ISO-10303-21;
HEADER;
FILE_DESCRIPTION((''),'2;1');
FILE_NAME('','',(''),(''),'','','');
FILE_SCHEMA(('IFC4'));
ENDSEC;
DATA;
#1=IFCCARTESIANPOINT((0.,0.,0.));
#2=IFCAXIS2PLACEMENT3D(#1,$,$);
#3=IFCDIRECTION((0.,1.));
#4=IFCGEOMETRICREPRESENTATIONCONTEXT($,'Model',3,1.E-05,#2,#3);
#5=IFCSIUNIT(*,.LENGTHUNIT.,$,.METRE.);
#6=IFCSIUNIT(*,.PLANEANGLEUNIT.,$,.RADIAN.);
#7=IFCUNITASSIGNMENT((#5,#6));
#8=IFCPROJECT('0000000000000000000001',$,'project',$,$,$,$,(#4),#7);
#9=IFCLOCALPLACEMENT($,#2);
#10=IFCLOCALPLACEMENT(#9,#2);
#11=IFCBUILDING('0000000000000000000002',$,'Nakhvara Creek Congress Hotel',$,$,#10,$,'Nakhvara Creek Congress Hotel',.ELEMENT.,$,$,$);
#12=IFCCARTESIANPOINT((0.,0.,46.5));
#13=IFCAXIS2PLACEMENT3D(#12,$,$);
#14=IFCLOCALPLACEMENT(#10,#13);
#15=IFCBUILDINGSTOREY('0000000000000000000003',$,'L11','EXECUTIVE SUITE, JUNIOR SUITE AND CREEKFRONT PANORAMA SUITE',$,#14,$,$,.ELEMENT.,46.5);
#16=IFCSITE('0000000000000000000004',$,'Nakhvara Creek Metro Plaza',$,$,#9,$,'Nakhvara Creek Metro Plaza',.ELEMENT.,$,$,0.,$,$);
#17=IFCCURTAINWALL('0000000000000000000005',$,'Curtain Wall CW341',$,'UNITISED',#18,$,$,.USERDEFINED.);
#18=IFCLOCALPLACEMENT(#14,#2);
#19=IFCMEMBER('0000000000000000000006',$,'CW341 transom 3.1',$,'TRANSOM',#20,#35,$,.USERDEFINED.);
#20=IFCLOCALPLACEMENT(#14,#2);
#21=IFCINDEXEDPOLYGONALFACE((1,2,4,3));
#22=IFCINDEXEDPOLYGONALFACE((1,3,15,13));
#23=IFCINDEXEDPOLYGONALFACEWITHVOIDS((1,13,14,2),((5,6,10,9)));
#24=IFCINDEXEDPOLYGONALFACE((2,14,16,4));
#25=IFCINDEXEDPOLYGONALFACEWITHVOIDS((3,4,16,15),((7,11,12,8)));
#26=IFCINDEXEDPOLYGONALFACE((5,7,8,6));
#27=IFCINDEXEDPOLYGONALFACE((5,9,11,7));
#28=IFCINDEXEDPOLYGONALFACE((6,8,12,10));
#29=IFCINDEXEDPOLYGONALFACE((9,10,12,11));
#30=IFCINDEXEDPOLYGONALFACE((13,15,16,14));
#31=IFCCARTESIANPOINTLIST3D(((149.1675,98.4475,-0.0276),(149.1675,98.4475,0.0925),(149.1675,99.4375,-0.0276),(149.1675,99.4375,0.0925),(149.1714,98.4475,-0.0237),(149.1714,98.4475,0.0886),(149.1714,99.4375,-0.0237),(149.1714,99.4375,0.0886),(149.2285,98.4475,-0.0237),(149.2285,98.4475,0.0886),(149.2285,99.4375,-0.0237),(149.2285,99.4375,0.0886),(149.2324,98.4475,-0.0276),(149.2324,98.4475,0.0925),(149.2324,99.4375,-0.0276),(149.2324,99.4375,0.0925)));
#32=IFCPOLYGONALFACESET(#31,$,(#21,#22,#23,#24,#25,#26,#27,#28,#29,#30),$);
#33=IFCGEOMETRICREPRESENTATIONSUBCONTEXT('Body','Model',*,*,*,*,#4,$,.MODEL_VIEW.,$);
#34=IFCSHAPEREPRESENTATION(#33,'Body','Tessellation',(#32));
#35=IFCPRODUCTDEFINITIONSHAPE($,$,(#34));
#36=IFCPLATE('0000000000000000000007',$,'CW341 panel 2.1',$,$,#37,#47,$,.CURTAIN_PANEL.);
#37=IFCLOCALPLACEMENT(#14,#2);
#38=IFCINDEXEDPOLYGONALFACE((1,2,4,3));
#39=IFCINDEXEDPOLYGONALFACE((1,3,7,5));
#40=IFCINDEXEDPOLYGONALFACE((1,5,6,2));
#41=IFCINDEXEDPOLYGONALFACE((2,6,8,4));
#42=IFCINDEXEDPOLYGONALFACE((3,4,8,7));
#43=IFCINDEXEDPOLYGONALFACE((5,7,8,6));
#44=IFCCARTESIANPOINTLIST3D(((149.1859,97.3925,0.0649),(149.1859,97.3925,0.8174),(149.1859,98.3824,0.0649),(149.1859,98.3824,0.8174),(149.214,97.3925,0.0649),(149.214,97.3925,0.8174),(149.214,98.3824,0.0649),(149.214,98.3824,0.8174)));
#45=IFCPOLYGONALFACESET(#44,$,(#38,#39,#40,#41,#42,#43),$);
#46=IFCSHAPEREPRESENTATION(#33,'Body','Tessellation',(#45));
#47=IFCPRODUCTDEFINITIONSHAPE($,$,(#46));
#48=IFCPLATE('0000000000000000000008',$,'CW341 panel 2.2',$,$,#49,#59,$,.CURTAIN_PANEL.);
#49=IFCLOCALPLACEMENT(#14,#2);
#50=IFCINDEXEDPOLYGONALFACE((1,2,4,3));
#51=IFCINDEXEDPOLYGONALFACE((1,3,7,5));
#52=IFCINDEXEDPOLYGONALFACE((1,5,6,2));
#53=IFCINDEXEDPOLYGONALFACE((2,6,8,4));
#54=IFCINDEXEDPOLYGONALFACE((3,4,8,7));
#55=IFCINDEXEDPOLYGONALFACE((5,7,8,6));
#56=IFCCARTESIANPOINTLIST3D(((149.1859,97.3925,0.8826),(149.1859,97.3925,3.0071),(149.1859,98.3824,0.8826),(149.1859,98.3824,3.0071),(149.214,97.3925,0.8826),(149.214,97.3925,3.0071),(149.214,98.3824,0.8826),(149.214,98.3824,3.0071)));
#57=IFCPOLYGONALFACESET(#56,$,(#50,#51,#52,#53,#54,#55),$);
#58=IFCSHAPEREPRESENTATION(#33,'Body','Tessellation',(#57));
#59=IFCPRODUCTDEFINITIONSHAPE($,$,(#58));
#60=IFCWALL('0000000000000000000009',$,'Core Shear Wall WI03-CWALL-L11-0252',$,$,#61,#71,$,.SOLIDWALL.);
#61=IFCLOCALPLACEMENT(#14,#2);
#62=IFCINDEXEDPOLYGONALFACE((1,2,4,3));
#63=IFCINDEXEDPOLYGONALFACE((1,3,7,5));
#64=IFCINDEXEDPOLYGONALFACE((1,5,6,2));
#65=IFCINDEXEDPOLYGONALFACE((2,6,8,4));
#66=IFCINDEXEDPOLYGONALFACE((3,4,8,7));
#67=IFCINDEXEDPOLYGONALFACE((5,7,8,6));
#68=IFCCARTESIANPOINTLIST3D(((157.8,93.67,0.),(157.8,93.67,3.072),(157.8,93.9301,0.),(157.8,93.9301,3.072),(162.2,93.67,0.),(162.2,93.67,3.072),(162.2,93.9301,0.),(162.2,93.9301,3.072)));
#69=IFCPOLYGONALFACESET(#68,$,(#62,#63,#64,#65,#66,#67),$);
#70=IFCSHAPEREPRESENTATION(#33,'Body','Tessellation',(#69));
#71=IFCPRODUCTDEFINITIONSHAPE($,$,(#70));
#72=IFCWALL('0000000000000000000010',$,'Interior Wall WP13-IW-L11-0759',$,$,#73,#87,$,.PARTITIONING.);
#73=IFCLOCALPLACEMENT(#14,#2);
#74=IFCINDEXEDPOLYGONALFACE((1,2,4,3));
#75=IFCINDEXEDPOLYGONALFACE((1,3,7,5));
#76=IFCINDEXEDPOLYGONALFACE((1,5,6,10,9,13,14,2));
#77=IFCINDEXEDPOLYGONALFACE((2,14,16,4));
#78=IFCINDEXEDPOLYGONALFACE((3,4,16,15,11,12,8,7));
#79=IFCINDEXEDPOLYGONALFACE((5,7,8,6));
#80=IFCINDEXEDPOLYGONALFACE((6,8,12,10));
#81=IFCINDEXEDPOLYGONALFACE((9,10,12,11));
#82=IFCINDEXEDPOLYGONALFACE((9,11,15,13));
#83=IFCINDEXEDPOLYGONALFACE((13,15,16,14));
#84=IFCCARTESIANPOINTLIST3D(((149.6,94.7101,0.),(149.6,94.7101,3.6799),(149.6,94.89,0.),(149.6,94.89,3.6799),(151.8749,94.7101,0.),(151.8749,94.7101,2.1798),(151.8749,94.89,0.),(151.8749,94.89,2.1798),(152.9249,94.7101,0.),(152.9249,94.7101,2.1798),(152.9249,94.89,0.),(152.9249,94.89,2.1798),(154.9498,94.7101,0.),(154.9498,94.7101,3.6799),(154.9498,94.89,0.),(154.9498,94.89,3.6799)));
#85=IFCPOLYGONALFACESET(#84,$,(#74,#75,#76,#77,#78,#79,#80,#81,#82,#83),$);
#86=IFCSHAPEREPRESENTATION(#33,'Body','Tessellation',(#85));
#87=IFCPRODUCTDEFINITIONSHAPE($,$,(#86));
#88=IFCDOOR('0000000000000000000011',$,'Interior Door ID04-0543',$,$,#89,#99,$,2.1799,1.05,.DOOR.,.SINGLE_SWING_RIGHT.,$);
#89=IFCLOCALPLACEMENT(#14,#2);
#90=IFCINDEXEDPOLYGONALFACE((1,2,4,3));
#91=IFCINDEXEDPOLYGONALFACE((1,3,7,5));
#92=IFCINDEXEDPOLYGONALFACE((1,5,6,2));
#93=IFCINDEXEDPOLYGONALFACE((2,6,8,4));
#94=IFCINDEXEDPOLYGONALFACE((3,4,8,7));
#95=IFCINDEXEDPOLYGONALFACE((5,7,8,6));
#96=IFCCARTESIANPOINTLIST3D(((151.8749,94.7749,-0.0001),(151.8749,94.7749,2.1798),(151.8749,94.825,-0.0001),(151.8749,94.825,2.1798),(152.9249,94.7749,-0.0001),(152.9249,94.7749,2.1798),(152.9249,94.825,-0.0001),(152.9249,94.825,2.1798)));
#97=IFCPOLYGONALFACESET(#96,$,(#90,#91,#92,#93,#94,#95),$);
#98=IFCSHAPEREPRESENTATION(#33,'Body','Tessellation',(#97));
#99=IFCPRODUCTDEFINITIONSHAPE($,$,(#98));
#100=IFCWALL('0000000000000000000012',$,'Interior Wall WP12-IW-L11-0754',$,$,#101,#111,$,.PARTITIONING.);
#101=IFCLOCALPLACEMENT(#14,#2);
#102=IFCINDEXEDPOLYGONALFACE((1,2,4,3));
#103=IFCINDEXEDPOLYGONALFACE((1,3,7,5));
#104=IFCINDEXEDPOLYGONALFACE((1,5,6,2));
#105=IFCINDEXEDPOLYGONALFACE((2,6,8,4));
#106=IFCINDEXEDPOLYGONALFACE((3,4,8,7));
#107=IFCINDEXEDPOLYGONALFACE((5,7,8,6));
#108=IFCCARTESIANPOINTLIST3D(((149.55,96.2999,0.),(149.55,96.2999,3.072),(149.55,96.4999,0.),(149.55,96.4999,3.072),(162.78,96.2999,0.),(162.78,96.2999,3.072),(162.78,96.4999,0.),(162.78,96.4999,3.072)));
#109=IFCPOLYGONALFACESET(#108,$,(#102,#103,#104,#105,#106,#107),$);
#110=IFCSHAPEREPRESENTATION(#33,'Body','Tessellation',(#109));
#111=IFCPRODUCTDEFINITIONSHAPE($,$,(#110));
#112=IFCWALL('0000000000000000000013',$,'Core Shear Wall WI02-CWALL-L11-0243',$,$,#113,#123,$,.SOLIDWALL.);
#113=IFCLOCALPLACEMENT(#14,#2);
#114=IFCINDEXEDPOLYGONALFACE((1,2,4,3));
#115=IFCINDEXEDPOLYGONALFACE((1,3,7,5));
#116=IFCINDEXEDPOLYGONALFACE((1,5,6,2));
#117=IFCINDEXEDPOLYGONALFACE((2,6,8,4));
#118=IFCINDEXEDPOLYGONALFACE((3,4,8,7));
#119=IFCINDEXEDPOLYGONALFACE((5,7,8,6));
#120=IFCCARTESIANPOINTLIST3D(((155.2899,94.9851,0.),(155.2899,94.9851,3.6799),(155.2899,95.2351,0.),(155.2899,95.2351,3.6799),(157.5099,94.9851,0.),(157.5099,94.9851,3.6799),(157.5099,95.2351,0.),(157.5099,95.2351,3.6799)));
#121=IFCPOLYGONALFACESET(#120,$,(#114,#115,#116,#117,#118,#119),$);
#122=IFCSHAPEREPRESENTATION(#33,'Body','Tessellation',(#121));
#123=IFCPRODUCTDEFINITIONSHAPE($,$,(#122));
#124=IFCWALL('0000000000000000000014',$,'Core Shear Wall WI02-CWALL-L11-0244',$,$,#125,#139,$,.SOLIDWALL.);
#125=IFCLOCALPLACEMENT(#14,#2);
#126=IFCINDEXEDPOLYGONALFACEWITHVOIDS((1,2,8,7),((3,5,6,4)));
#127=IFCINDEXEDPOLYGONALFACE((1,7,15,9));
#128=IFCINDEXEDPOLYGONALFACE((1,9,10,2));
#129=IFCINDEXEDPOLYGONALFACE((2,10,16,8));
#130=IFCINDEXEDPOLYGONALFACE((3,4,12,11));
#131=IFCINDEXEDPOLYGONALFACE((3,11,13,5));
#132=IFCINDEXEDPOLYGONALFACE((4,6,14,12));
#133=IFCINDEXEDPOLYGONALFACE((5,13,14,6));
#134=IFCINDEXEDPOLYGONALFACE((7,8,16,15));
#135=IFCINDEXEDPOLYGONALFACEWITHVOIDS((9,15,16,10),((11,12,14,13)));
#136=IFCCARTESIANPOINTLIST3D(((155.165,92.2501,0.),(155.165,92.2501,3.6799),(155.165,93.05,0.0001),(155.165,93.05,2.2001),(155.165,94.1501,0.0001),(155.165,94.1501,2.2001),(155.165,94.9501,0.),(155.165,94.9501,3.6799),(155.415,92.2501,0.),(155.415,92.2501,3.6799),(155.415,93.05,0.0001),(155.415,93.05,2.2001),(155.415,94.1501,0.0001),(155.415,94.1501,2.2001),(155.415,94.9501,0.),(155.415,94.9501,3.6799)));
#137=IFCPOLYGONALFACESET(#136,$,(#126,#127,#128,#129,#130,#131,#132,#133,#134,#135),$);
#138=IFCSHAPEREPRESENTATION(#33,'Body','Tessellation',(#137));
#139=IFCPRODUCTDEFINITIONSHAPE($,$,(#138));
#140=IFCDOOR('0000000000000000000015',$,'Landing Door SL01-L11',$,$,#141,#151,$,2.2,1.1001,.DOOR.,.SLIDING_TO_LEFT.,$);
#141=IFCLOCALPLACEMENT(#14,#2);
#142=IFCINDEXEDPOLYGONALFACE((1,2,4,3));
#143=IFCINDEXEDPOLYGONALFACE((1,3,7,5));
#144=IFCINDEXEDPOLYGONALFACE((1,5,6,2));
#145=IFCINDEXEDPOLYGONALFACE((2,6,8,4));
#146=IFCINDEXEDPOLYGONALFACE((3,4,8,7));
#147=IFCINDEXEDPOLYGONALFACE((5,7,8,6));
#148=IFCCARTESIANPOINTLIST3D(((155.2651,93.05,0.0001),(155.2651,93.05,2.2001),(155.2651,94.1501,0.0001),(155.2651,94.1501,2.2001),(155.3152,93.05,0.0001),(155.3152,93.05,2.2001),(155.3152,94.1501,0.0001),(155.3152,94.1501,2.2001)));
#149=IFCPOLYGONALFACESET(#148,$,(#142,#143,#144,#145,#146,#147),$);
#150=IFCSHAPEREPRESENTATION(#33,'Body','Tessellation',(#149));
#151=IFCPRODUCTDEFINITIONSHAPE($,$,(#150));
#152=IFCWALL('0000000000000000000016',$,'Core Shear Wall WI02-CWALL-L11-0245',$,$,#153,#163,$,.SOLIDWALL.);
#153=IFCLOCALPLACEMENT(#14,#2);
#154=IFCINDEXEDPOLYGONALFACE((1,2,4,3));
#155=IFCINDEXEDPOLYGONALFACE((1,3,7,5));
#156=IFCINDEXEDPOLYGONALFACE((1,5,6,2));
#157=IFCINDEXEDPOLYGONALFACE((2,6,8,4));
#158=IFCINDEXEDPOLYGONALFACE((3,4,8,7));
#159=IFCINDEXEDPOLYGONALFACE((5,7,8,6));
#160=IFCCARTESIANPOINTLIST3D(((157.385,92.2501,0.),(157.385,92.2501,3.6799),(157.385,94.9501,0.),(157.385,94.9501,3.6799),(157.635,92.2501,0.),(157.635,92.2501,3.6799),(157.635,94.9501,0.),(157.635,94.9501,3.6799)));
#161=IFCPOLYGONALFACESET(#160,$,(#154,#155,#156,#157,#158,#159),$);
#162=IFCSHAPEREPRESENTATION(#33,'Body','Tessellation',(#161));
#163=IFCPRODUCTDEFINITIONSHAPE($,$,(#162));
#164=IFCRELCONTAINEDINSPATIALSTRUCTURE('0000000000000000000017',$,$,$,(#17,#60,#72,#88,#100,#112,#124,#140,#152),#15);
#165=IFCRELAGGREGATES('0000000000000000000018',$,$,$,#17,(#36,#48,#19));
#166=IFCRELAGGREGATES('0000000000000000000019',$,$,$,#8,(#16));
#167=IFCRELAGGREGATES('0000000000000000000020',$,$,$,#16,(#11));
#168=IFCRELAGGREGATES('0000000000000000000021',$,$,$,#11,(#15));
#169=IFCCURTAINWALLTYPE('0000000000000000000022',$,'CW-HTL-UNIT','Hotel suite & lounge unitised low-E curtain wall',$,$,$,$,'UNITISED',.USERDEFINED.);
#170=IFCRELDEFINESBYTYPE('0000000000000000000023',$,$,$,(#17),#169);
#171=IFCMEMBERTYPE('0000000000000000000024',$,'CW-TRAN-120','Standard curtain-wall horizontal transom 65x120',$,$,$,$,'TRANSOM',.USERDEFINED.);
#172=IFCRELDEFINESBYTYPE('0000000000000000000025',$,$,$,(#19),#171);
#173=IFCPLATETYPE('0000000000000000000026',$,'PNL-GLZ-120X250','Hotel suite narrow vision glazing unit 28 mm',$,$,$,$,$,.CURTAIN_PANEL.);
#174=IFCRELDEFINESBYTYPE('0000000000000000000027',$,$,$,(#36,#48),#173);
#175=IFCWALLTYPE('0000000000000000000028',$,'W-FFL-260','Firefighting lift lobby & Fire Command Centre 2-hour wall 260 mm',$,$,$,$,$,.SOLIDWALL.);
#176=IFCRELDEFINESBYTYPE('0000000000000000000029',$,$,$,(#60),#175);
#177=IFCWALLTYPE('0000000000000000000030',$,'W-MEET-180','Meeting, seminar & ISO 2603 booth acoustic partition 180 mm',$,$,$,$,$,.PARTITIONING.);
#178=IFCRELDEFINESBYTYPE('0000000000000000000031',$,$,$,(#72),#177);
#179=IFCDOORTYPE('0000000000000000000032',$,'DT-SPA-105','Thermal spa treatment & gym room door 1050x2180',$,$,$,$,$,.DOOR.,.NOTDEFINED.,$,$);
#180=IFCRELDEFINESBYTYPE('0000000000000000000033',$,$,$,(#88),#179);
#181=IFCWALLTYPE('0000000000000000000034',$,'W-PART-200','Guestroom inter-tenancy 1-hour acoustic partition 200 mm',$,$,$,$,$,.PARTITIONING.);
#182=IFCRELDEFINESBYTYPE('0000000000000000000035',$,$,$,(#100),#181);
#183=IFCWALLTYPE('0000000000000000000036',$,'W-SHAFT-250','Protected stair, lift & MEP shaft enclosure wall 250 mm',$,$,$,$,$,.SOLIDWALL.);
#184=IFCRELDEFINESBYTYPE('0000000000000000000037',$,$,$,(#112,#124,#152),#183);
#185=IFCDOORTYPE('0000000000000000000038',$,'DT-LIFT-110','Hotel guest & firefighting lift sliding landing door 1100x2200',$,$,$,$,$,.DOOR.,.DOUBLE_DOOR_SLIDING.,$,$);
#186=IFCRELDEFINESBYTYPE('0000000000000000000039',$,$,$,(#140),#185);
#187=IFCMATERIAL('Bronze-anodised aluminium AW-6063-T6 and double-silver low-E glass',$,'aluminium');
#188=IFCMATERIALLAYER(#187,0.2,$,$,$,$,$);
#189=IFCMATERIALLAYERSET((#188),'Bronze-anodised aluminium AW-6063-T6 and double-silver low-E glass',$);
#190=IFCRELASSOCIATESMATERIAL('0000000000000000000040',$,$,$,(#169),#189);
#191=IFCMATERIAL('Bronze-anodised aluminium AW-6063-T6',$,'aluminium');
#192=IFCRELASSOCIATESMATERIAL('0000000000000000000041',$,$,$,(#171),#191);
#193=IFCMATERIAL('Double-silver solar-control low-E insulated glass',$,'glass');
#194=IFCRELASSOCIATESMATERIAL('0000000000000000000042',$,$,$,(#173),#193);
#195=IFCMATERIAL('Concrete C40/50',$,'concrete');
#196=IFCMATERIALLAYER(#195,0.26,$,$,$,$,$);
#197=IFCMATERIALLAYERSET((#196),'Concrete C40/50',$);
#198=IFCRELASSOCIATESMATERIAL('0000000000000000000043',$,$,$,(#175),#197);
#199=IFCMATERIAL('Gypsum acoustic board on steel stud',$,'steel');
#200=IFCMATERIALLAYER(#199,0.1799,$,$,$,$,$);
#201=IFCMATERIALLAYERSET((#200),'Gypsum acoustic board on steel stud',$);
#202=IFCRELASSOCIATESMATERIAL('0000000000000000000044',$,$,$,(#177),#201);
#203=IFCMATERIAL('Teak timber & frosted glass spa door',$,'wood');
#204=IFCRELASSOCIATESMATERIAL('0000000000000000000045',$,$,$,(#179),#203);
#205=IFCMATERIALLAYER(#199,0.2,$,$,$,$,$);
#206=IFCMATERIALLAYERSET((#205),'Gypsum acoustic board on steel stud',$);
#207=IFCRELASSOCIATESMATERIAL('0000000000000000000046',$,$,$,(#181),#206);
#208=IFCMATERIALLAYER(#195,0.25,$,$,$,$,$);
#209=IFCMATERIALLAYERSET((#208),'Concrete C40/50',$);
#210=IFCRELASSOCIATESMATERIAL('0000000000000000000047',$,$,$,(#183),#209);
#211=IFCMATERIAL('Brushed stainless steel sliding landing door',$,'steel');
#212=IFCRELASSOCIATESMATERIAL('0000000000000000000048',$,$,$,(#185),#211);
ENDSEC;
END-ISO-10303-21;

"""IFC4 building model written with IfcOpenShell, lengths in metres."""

from ifc_helpers import new_model, si_unit, direction, frame, frame_2d, origin, origin_2d, place, context, subcontext, project, spatial, rectangle, hollow_rectangle, extrude, material, layer, layer_set, material_profile, profile_set, type_object, element, fill, aggregate, save


model = new_model("IFC4")

# Units and contexts
model_context = context("Model", 3, precision=1e-05, world=origin(), true_north=direction((0.0, 1.0)))
body_context = subcontext(model_context, "Body", "Model", "MODEL_VIEW")
ifc_project = project(units=[si_unit("LENGTHUNIT", "METRE"), si_unit("PLANEANGLEUNIT", "RADIAN")], contexts=[model_context])

# Site, building, storey
site_placement = place(None, origin())
site = spatial("IfcSite", under=ifc_project, at=site_placement, Name="Nakhvara Creek Metro Plaza", LongName="Nakhvara Creek Metro Plaza", CompositionType="ELEMENT", RefElevation=0.0)
building_placement = place(site_placement, origin())
building = spatial("IfcBuilding", under=site, at=building_placement, Name="Nakhvara Creek Congress Hotel", LongName="Nakhvara Creek Congress Hotel", CompositionType="ELEMENT")
storey_placement = place(building_placement, frame((0.0, 0.0, 46.5)))
storey = spatial("IfcBuildingStorey", under=building, at=storey_placement, Name="L11", Description="EXECUTIVE SUITE, JUNIOR SUITE AND CREEKFRONT PANORAMA SUITE", CompositionType="ELEMENT", Elevation=46.5)

# Shared definitions
ifc_material_1 = material(Name="Concrete C40/50", Category="concrete")

# Curtain wall, member, plates
ifc_material_2 = material(Name="Bronze-anodised aluminium AW-6063-T6 and double-silver low-E glass", Category="aluminium")
ifc_layer_1 = layer(ifc_material_2, 0.2)
ifc_layer_set_1 = layer_set([ifc_layer_1], Name="Bronze-anodised aluminium AW-6063-T6 and double-silver low-E glass")
curtain_wall_type = type_object("IfcCurtainWallType", Name="CW-HTL-UNIT", Description="Hotel suite & lounge unitised low-E curtain wall", ElementType="UNITISED", PredefinedType="USERDEFINED", material=ifc_layer_set_1)
curtain_wall_placement = place(storey_placement, origin())
curtain_wall = element("IfcCurtainWall", 1, at=curtain_wall_placement, inside=storey, type_object=curtain_wall_type, Name="Curtain Wall CW341", ObjectType="UNITISED", PredefinedType="USERDEFINED")
ifc_material_3 = material(Name="Bronze-anodised aluminium AW-6063-T6", Category="aluminium")
ifc_material_profile_1 = material_profile(ifc_material_3, hollow_rectangle(XDim=0.0649, YDim=0.1201, WallThickness=0.0039, at=origin_2d()), Name="ALU-TRAN 65x120x4", Category="LoadBearing")
ifc_profile_set_1 = profile_set([ifc_material_profile_1], Name="Bronze-anodised aluminium AW-6063-T6")
member_type = type_object("IfcMemberType", Name="CW-TRAN-120", Description="Standard curtain-wall horizontal transom 65x120", ElementType="TRANSOM", PredefinedType="USERDEFINED", material=ifc_profile_set_1)
member_1_placement = place(storey_placement, frame((149.2, 98.4475, 0.0325), z_axis=(0.0, 1.0, 0.0), x_axis=(-1.0, 0.0, 0.0)))
member_1 = element("IfcMember", 2, at=member_1_placement, type_object=member_type, Name="CW341 transom 3.1", ObjectType="TRANSOM", PredefinedType="USERDEFINED", context=body_context, shape_type="SweptSolid", body=[
    extrude(hollow_rectangle(XDim=0.0649, YDim=0.1201, WallThickness=0.0039, at=origin_2d()), origin(), (0.0, 0.0, 1.0), 0.99),
])
ifc_material_4 = material(Name="Double-silver solar-control low-E insulated glass", Category="glass")
plate_type = type_object("IfcPlateType", Name="PNL-GLZ-120X250", Description="Hotel suite narrow vision glazing unit 28 mm", PredefinedType="CURTAIN_PANEL", material=ifc_material_4)
plate_1_placement = place(storey_placement, frame((149.2, 97.8875, 0.0649), z_axis=(0.0, 0.0, 1.0), x_axis=(0.0, 1.0, 0.0)))
plate_1 = element("IfcPlate", 3, at=plate_1_placement, type_object=plate_type, Name="CW341 panel 2.1", PredefinedType="CURTAIN_PANEL", context=body_context, shape_type="SweptSolid", body=[
    extrude(rectangle(XDim=0.99, YDim=0.0281, at=origin_2d()), origin(), (0.0, 0.0, 1.0), 0.7524),
])
plate_2_placement = place(storey_placement, frame((149.2, 97.8875, 0.8826), z_axis=(0.0, 0.0, 1.0), x_axis=(0.0, 1.0, 0.0)))
plate_2 = element("IfcPlate", 4, at=plate_2_placement, type_object=plate_type, Name="CW341 panel 2.2", PredefinedType="CURTAIN_PANEL", context=body_context, shape_type="SweptSolid", body=[
    extrude(rectangle(XDim=0.99, YDim=0.0281, at=origin_2d()), origin(), (0.0, 0.0, 1.0), 2.1245),
])
aggregate(curtain_wall, [plate_1, plate_2, member_1])

# Wall
ifc_layer_2 = layer(ifc_material_1, 0.26)
ifc_layer_set_2 = layer_set([ifc_layer_2], Name="Concrete C40/50")
wall_type_1 = type_object("IfcWallType", Name="W-FFL-260", Description="Firefighting lift lobby & Fire Command Centre 2-hour wall 260 mm", PredefinedType="SOLIDWALL", material=ifc_layer_set_2)
wall_1_placement = place(storey_placement, frame((157.8, 93.8, 0.0), z_axis=(0.0, 0.0, 1.0), x_axis=(1.0, 0.0, 0.0)))
element("IfcWall", 5, at=wall_1_placement, inside=storey, type_object=wall_type_1, Name="Core Shear Wall WI03-CWALL-L11-0252", PredefinedType="SOLIDWALL", context=body_context, shape_type="SweptSolid", body=[
    extrude(rectangle(XDim=4.3999, YDim=0.26, at=frame_2d((2.2, 0.0))), origin(), (0.0, 0.0, 1.0), 3.072),
])

# Wall, opening, door
ifc_material_5 = material(Name="Gypsum acoustic board on steel stud", Category="steel")
ifc_layer_3 = layer(ifc_material_5, 0.1799)
ifc_layer_set_3 = layer_set([ifc_layer_3], Name="Gypsum acoustic board on steel stud")
wall_type_2 = type_object("IfcWallType", Name="W-MEET-180", Description="Meeting, seminar & ISO 2603 booth acoustic partition 180 mm", PredefinedType="PARTITIONING", material=ifc_layer_set_3)
wall_2_placement = place(storey_placement, frame((149.6001, 94.8, 0.0), z_axis=(0.0, 0.0, 1.0), x_axis=(1.0, 0.0, 0.0)))
wall_2 = element("IfcWall", 6, at=wall_2_placement, inside=storey, type_object=wall_type_2, Name="Interior Wall WP13-IW-L11-0759", PredefinedType="PARTITIONING", context=body_context, shape_type="SweptSolid", body=[
    extrude(rectangle(XDim=5.3499, YDim=0.1799, at=frame_2d((2.6748, 0.0))), origin(), (0.0, 0.0, 1.0), 3.6799),
])
opening_1_placement = place(wall_2_placement, frame((2.2749, 0.0, 0.0)))
opening_1 = element("IfcOpeningElement", 7, at=opening_1_placement, cuts=wall_2, PredefinedType="OPENING", context=body_context, shape_type="SweptSolid", body=[
    extrude(rectangle(XDim=1.05, YDim=2.1799, at=frame_2d((0.5249, 1.0898))), frame((0.0, 0.1021, 0.0), z_axis=(0.0, -1.0, 0.0), x_axis=(1.0, 0.0, 0.0)), (0.0, 0.0, 1.0), 0.2039),
])
ifc_material_6 = material(Name="Teak timber & frosted glass spa door", Category="wood")
door_type_1 = type_object("IfcDoorType", Name="DT-SPA-105", Description="Thermal spa treatment & gym room door 1050x2180", OperationType="NOTDEFINED", PredefinedType="DOOR", material=ifc_material_6)
door_1_placement = place(opening_1_placement, origin())
door_1 = element("IfcDoor", 8, at=door_1_placement, inside=storey, type_object=door_type_1, Name="Interior Door ID04-0543", OperationType="SINGLE_SWING_RIGHT", OverallHeight=2.1799, OverallWidth=1.05, PredefinedType="DOOR", context=body_context, shape_type="SweptSolid", body=[
    extrude(rectangle(XDim=1.05, YDim=2.1799, at=frame_2d((0.5249, 1.0898))), frame((0.0, 0.0249, 0.0), z_axis=(0.0, -1.0, 0.0), x_axis=(1.0, 0.0, 0.0)), (0.0, 0.0, 1.0), 0.05),
])
fill(opening_1, door_1)

# Walls
ifc_layer_4 = layer(ifc_material_5, 0.2)
ifc_layer_set_4 = layer_set([ifc_layer_4], Name="Gypsum acoustic board on steel stud")
wall_type_3 = type_object("IfcWallType", Name="W-PART-200", Description="Guestroom inter-tenancy 1-hour acoustic partition 200 mm", PredefinedType="PARTITIONING", material=ifc_layer_set_4)
wall_3_placement = place(storey_placement, frame((149.55, 96.3999, 0.0), z_axis=(0.0, 0.0, 1.0), x_axis=(1.0, 0.0, 0.0)))
element("IfcWall", 9, at=wall_3_placement, inside=storey, type_object=wall_type_3, Name="Interior Wall WP12-IW-L11-0754", PredefinedType="PARTITIONING", context=body_context, shape_type="SweptSolid", body=[
    extrude(rectangle(XDim=13.23, YDim=0.2, at=frame_2d((6.615, 0.0))), origin(), (0.0, 0.0, 1.0), 3.072),
])
ifc_layer_5 = layer(ifc_material_1, 0.25)
ifc_layer_set_5 = layer_set([ifc_layer_5], Name="Concrete C40/50")
wall_type_4 = type_object("IfcWallType", Name="W-SHAFT-250", Description="Protected stair, lift & MEP shaft enclosure wall 250 mm", PredefinedType="SOLIDWALL", material=ifc_layer_set_5)
wall_4_placement = place(storey_placement, frame((155.29, 95.1101, 0.0), z_axis=(0.0, 0.0, 1.0), x_axis=(1.0, 0.0, 0.0)))
element("IfcWall", 10, at=wall_4_placement, inside=storey, type_object=wall_type_4, Name="Core Shear Wall WI02-CWALL-L11-0243", PredefinedType="SOLIDWALL", context=body_context, shape_type="SweptSolid", body=[
    extrude(rectangle(XDim=2.22, YDim=0.25, at=frame_2d((1.1099, 0.0))), origin(), (0.0, 0.0, 1.0), 3.6799),
])

# Wall, opening, door
wall_5_placement = place(storey_placement, frame((155.29, 92.25, 0.0), z_axis=(0.0, 0.0, 1.0), x_axis=(0.0, 1.0, 0.0)))
wall_5 = element("IfcWall", 11, at=wall_5_placement, inside=storey, type_object=wall_type_4, Name="Core Shear Wall WI02-CWALL-L11-0244", PredefinedType="SOLIDWALL", context=body_context, shape_type="SweptSolid", body=[
    extrude(rectangle(XDim=2.7, YDim=0.25, at=frame_2d((1.3501, 0.0))), origin(), (0.0, 0.0, 1.0), 3.6799),
])
opening_2_placement = place(wall_5_placement, frame((0.8, 0.0, 0.0)))
opening_2 = element("IfcOpeningElement", 12, at=opening_2_placement, cuts=wall_5, PredefinedType="OPENING", context=body_context, shape_type="SweptSolid", body=[
    extrude(rectangle(XDim=1.1001, YDim=2.2, at=frame_2d((0.55, 1.1001))), frame((0.0, 0.137, 0.0), z_axis=(0.0, -1.0, 0.0), x_axis=(1.0, 0.0, 0.0)), (0.0, 0.0, 1.0), 0.2739),
])
ifc_material_7 = material(Name="Brushed stainless steel sliding landing door", Category="steel")
door_type_2 = type_object("IfcDoorType", Name="DT-LIFT-110", Description="Hotel guest & firefighting lift sliding landing door 1100x2200", OperationType="DOUBLE_DOOR_SLIDING", PredefinedType="DOOR", material=ifc_material_7)
door_2_placement = place(opening_2_placement, origin())
door_2 = element("IfcDoor", 13, at=door_2_placement, inside=storey, type_object=door_type_2, Name="Landing Door SL01-L11", OperationType="SLIDING_TO_LEFT", OverallHeight=2.2, OverallWidth=1.1001, PredefinedType="DOOR", context=body_context, shape_type="SweptSolid", body=[
    extrude(rectangle(XDim=1.1001, YDim=2.2, at=frame_2d((0.55, 1.1001))), frame((0.0, 0.0249, 0.0), z_axis=(0.0, -1.0, 0.0), x_axis=(1.0, 0.0, 0.0)), (0.0, 0.0, 1.0), 0.05),
])
fill(opening_2, door_2)

# Wall
wall_6_placement = place(storey_placement, frame((157.51, 92.25, 0.0), z_axis=(0.0, 0.0, 1.0), x_axis=(0.0, 1.0, 0.0)))
element("IfcWall", 14, at=wall_6_placement, inside=storey, type_object=wall_type_4, Name="Core Shear Wall WI02-CWALL-L11-0245", PredefinedType="SOLIDWALL", context=body_context, shape_type="SweptSolid", body=[
    extrude(rectangle(XDim=2.7, YDim=0.25, at=frame_2d((1.3501, 0.0))), origin(), (0.0, 0.0, 1.0), 3.6799),
])

save(model, "model.ifc")
